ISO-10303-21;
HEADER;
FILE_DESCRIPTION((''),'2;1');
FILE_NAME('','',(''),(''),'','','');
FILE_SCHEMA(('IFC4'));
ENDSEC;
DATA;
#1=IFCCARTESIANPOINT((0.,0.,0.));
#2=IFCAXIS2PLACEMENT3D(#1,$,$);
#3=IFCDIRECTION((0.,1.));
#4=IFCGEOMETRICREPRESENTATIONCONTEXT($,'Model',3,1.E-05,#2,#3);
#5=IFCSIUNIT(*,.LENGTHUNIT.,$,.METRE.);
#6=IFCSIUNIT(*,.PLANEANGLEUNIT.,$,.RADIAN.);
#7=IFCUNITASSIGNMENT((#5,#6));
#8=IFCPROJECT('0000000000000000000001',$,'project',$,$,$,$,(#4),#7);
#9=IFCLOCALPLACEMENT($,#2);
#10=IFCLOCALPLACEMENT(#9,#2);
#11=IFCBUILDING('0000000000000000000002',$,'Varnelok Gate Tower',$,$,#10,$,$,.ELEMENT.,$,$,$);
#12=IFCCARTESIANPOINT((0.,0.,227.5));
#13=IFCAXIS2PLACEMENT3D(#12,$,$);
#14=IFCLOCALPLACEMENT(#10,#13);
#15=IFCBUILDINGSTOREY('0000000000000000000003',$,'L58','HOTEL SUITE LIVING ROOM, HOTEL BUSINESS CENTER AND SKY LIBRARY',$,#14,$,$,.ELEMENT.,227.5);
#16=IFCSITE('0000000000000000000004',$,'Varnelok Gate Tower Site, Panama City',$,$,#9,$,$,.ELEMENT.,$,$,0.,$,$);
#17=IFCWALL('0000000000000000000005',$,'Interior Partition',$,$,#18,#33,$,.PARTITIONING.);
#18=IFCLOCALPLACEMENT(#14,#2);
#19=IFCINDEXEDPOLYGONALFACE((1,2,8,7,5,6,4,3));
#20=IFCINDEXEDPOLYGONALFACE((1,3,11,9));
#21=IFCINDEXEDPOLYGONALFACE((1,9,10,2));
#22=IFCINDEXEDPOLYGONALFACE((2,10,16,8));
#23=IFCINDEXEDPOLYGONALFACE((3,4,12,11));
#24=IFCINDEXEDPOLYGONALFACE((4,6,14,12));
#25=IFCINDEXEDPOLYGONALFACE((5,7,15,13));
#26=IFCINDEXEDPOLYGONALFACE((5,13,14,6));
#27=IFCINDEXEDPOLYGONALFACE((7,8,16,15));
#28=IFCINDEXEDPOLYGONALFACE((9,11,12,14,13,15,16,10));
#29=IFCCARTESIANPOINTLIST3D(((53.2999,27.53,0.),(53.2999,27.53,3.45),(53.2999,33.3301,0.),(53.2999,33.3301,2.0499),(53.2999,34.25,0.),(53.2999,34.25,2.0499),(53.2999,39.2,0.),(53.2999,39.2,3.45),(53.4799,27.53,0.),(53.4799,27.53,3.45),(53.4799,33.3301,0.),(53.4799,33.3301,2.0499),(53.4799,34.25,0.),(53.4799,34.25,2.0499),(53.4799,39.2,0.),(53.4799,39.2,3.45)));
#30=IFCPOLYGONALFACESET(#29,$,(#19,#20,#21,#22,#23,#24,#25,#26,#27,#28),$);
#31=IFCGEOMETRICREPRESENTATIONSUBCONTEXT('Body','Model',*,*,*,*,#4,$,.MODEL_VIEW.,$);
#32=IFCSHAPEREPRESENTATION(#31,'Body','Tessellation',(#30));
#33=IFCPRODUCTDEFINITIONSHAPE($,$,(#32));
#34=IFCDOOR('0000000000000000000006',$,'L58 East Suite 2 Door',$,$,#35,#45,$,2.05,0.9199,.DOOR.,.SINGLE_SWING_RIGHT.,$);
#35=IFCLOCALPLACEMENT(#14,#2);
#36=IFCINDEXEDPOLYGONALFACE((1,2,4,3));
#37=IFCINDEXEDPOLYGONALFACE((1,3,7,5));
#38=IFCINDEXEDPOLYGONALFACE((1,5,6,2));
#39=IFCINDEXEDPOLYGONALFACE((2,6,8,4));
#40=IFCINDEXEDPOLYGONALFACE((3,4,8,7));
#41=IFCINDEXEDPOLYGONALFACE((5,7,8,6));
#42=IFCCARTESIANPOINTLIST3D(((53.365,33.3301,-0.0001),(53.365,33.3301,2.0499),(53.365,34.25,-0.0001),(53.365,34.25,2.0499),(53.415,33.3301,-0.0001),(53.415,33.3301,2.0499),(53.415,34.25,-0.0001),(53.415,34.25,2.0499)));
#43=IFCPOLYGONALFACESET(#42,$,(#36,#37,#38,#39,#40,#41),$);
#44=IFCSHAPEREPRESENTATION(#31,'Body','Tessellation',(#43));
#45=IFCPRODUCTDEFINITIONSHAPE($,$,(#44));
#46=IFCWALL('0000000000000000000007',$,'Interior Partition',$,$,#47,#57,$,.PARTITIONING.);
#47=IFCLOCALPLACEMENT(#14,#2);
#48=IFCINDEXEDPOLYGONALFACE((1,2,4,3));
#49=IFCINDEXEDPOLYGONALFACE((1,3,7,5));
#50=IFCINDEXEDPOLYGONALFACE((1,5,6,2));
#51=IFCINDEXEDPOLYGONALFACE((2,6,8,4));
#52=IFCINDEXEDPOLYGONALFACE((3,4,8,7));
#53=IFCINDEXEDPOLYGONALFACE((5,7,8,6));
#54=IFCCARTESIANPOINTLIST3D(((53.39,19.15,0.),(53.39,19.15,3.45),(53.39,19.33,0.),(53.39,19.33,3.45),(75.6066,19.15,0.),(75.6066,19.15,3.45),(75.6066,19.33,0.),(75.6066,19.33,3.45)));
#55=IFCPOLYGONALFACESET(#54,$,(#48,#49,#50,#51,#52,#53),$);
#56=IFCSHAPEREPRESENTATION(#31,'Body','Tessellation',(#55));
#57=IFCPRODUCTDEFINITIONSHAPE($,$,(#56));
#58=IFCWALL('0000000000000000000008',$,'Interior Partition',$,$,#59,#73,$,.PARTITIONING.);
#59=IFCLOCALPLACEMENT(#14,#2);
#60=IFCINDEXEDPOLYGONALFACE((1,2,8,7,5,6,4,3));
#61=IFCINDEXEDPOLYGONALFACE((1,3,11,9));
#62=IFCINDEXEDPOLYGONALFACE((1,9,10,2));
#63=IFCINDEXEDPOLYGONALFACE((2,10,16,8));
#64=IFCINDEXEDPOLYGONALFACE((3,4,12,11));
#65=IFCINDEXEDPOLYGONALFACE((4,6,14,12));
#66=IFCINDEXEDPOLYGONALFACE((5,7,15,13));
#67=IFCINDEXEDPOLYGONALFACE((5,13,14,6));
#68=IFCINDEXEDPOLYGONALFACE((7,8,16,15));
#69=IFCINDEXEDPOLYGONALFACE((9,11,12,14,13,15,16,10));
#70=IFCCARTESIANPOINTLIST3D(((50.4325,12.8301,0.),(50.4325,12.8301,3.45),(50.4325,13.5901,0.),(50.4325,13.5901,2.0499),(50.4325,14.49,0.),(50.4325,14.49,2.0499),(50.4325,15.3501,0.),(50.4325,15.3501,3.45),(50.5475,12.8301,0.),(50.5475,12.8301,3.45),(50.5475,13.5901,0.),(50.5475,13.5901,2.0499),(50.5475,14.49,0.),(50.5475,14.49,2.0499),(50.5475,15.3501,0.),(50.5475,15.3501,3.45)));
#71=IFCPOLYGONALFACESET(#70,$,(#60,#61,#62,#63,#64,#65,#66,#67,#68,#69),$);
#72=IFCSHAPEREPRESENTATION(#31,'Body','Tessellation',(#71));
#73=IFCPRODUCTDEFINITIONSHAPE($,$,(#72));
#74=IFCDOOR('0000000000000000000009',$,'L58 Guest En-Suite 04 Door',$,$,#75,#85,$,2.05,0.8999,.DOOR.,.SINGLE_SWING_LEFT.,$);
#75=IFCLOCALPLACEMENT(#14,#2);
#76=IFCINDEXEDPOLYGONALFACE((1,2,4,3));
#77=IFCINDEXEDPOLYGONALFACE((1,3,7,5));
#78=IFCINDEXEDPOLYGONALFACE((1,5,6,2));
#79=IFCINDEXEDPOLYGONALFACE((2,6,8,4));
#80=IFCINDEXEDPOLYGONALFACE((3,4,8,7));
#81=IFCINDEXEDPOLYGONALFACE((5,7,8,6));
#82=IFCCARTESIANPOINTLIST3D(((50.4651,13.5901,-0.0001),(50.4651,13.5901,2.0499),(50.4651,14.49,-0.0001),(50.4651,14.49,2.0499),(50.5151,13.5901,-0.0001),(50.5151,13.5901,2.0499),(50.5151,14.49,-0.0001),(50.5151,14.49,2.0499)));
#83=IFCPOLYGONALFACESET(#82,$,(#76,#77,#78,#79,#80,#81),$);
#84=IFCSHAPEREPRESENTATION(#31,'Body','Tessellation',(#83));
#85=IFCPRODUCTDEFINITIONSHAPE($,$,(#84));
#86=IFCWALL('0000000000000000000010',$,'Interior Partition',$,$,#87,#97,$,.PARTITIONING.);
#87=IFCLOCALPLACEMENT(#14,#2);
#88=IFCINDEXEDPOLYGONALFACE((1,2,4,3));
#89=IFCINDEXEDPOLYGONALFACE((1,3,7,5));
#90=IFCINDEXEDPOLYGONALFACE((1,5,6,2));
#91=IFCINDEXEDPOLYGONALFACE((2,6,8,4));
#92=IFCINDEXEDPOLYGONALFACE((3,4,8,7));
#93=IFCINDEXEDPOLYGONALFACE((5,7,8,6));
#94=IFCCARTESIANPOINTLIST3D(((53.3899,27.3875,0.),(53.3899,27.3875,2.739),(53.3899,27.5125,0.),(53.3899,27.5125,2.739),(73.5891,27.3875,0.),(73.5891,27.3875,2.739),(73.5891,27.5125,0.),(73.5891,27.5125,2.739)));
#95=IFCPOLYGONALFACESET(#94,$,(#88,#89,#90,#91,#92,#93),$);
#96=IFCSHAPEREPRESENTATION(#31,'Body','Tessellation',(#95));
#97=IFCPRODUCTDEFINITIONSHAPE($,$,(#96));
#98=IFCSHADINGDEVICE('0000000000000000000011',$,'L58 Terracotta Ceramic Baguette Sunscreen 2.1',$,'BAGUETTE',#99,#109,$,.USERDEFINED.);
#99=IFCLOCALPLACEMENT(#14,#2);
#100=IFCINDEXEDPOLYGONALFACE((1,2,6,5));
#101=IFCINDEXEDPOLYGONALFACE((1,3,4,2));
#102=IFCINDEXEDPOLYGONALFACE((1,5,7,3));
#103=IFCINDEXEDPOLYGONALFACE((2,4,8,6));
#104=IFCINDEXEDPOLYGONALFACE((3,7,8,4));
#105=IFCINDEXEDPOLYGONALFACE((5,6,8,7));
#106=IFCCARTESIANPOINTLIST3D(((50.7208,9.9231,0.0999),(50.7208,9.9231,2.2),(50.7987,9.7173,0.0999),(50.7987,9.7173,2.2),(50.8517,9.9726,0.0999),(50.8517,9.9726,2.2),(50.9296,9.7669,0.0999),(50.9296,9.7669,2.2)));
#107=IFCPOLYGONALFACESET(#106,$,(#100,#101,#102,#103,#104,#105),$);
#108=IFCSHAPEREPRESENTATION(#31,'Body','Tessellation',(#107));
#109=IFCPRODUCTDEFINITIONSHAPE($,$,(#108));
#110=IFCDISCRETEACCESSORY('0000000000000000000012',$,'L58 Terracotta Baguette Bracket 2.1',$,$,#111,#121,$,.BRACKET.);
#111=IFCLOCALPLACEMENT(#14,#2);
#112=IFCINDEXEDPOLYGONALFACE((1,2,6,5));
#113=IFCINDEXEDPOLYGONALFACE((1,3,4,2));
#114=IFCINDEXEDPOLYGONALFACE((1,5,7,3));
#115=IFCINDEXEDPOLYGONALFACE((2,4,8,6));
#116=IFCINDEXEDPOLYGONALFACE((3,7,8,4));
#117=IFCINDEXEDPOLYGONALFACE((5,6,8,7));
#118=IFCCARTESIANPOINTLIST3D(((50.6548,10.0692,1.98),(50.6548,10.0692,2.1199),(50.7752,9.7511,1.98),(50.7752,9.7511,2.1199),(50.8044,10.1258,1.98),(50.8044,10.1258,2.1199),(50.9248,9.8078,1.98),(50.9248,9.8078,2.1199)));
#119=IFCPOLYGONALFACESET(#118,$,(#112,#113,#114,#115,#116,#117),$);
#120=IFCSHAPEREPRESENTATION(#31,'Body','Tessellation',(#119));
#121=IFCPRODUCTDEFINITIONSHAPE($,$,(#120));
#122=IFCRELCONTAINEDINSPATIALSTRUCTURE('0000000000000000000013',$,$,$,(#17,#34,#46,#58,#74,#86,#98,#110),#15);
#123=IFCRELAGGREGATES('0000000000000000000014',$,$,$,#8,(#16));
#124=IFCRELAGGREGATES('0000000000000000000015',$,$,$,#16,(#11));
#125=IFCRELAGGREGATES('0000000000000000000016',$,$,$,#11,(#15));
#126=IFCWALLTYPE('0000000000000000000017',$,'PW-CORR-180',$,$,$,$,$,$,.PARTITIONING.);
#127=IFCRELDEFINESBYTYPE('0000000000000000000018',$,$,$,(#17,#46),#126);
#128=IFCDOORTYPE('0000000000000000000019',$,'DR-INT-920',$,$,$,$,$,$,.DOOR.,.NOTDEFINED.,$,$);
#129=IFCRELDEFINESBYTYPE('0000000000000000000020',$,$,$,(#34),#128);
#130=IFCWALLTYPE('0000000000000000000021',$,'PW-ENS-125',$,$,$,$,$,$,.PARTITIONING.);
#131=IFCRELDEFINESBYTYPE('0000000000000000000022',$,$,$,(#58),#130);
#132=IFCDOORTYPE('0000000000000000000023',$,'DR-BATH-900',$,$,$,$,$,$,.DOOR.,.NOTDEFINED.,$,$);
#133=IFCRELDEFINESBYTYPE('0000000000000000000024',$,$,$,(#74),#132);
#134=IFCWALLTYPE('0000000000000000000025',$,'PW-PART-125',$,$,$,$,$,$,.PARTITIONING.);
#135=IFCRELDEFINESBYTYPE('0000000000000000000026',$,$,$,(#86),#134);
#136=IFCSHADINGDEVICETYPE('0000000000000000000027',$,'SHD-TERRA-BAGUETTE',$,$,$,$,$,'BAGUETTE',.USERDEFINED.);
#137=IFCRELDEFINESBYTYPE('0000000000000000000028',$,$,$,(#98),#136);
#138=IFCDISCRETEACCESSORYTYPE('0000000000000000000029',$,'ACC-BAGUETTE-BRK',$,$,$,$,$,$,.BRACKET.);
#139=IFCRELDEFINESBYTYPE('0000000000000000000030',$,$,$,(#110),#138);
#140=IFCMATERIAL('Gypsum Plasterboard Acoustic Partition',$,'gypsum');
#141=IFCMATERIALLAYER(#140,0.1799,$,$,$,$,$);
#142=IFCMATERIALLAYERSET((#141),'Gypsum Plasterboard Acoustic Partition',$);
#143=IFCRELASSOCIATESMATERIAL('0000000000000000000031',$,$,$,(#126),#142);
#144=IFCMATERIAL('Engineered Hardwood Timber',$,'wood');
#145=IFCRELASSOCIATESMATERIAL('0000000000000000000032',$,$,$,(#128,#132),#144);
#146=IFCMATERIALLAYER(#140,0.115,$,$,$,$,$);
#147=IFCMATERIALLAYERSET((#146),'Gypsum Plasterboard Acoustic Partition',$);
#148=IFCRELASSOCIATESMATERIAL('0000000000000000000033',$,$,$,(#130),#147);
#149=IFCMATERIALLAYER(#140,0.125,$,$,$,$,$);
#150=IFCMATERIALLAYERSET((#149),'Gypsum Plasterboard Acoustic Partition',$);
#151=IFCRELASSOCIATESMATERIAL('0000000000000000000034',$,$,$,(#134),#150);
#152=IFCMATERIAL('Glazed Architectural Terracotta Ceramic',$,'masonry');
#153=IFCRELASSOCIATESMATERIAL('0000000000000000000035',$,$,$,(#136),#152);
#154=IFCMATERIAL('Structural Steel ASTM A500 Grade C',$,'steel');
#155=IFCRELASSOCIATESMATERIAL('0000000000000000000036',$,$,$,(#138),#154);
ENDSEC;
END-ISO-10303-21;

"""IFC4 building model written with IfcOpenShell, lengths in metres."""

from ifc_helpers import new_model, si_unit, direction, frame, frame_2d, origin, origin_2d, place, context, subcontext, project, spatial, rectangle, extrude, source, transform, mapped, material, layer, layer_set, type_object, element, fill, save


model = new_model("IFC4")

# Units and contexts
model_context = context("Model", 3, precision=1e-05, world=origin(), true_north=direction((0.0, 1.0)))
body_context = subcontext(model_context, "Body", "Model", "MODEL_VIEW")
ifc_project = project(units=[si_unit("LENGTHUNIT", "METRE"), si_unit("PLANEANGLEUNIT", "RADIAN")], contexts=[model_context])

# Site, building, storey
site_placement = place(None, origin())
site = spatial("IfcSite", under=ifc_project, at=site_placement, Name="Varnelok Gate Tower Site, Panama City", CompositionType="ELEMENT", RefElevation=0.0)
building_placement = place(site_placement, origin())
building = spatial("IfcBuilding", under=site, at=building_placement, Name="Varnelok Gate Tower", CompositionType="ELEMENT")
storey_placement = place(building_placement, frame((0.0, 0.0, 227.5)))
storey = spatial("IfcBuildingStorey", under=building, at=storey_placement, Name="L58", Description="HOTEL SUITE LIVING ROOM, HOTEL BUSINESS CENTER AND SKY LIBRARY", CompositionType="ELEMENT", Elevation=227.5)

# Wall, opening, door
ifc_material_1 = material(Name="Gypsum Plasterboard Acoustic Partition", Category="gypsum")
ifc_layer_1 = layer(ifc_material_1, 0.1799)
ifc_layer_set_1 = layer_set([ifc_layer_1], Name="Gypsum Plasterboard Acoustic Partition")
wall_type_1 = type_object("IfcWallType", Name="PW-CORR-180", PredefinedType="PARTITIONING", material=ifc_layer_set_1)
ifc_material_2 = material(Name="Engineered Hardwood Timber", Category="wood")
door_type_1 = type_object("IfcDoorType", Name="DR-INT-920", OperationType="NOTDEFINED", PredefinedType="DOOR", material=ifc_material_2)
wall_1_placement = place(storey_placement, frame((53.3899, 27.53, 0.0), z_axis=(0.0, 0.0, 1.0), x_axis=(0.0, 1.0, 0.0)))
wall_1 = element("IfcWall", 1, at=wall_1_placement, inside=storey, type_object=wall_type_1, Name="Interior Partition", PredefinedType="PARTITIONING", context=body_context, shape_type="SweptSolid", body=[
    extrude(rectangle(XDim=11.6699, YDim=0.1799, at=frame_2d((5.835, 0.0))), origin(), (0.0, 0.0, 1.0), 3.45),
])
opening_1_placement = place(wall_1_placement, frame((5.8, 0.0, 0.0)))
opening_1 = element("IfcOpeningElement", 2, at=opening_1_placement, cuts=wall_1, PredefinedType="OPENING", context=body_context, shape_type="SweptSolid", body=[
    extrude(rectangle(XDim=0.9199, YDim=2.05, at=frame_2d((0.46, 1.0249))), frame((0.0, 0.0999, 0.0), z_axis=(0.0, -1.0, 0.0), x_axis=(1.0, 0.0, 0.0)), (0.0, 0.0, 1.0), 0.2),
])
door_1_placement = place(opening_1_placement, origin())
door_1 = element("IfcDoor", 3, at=door_1_placement, inside=storey, type_object=door_type_1, Name="L58 East Suite 2 Door", OperationType="SINGLE_SWING_RIGHT", OverallHeight=2.05, OverallWidth=0.9199, PredefinedType="DOOR", context=body_context, shape_type="SweptSolid", body=[
    extrude(rectangle(XDim=0.9199, YDim=2.05, at=frame_2d((0.46, 1.0249))), frame((0.0, 0.0249, 0.0), z_axis=(0.0, -1.0, 0.0), x_axis=(1.0, 0.0, 0.0)), (0.0, 0.0, 1.0), 0.05),
])
fill(opening_1, door_1)

# Wall
wall_2_placement = place(storey_placement, frame((53.3899, 19.24, 0.0), z_axis=(0.0, 0.0, 1.0), x_axis=(1.0, 0.0, 0.0)))
element("IfcWall", 4, at=wall_2_placement, inside=storey, type_object=wall_type_1, Name="Interior Partition", PredefinedType="PARTITIONING", context=body_context, shape_type="SweptSolid", body=[
    extrude(rectangle(XDim=22.2166, YDim=0.1799, at=frame_2d((11.1084, 0.0))), origin(), (0.0, 0.0, 1.0), 3.45),
])

# Wall, opening, door
ifc_layer_2 = layer(ifc_material_1, 0.115)
ifc_layer_set_2 = layer_set([ifc_layer_2], Name="Gypsum Plasterboard Acoustic Partition")
wall_type_2 = type_object("IfcWallType", Name="PW-ENS-125", PredefinedType="PARTITIONING", material=ifc_layer_set_2)
wall_3_placement = place(storey_placement, frame((50.49, 12.8301, 0.0), z_axis=(0.0, 0.0, 1.0), x_axis=(0.0, 1.0, 0.0)))
wall_3 = element("IfcWall", 5, at=wall_3_placement, inside=storey, type_object=wall_type_2, Name="Interior Partition", PredefinedType="PARTITIONING", context=body_context, shape_type="SweptSolid", body=[
    extrude(rectangle(XDim=2.52, YDim=0.115, at=frame_2d((1.26, 0.0))), origin(), (0.0, 0.0, 1.0), 3.45),
])
opening_2_placement = place(wall_3_placement, frame((0.76, 0.0, 0.0)))
opening_2 = element("IfcOpeningElement", 6, at=opening_2_placement, cuts=wall_3, PredefinedType="OPENING", context=body_context, shape_type="SweptSolid", body=[
    extrude(rectangle(XDim=0.8999, YDim=2.05, at=frame_2d((0.45, 1.0249))), frame((0.0, 0.0674, 0.0), z_axis=(0.0, -1.0, 0.0), x_axis=(1.0, 0.0, 0.0)), (0.0, 0.0, 1.0), 0.135),
])
door_type_2 = type_object("IfcDoorType", Name="DR-BATH-900", OperationType="NOTDEFINED", PredefinedType="DOOR", material=ifc_material_2)
door_2_placement = place(opening_2_placement, origin())
door_2 = element("IfcDoor", 7, at=door_2_placement, inside=storey, type_object=door_type_2, Name="L58 Guest En-Suite 04 Door", OperationType="SINGLE_SWING_LEFT", OverallHeight=2.05, OverallWidth=0.8999, PredefinedType="DOOR", context=body_context, shape_type="SweptSolid", body=[
    extrude(rectangle(XDim=0.8999, YDim=2.05, at=frame_2d((0.45, 1.0249))), frame((0.0, 0.0249, 0.0), z_axis=(0.0, -1.0, 0.0), x_axis=(1.0, 0.0, 0.0)), (0.0, 0.0, 1.0), 0.05),
])
fill(opening_2, door_2)

# Wall
ifc_layer_3 = layer(ifc_material_1, 0.125)
ifc_layer_set_3 = layer_set([ifc_layer_3], Name="Gypsum Plasterboard Acoustic Partition")
wall_type_3 = type_object("IfcWallType", Name="PW-PART-125", PredefinedType="PARTITIONING", material=ifc_layer_set_3)
wall_4_placement = place(storey_placement, frame((53.3899, 27.45, 0.0), z_axis=(0.0, 0.0, 1.0), x_axis=(1.0, 0.0, 0.0)))
element("IfcWall", 8, at=wall_4_placement, inside=storey, type_object=wall_type_3, Name="Interior Partition", PredefinedType="PARTITIONING", context=body_context, shape_type="SweptSolid", body=[
    extrude(rectangle(XDim=20.1992, YDim=0.125, at=frame_2d((10.0996, 0.0))), origin(), (0.0, 0.0, 1.0), 2.739),
])

# Shading device
ifc_material_3 = material(Name="Glazed Architectural Terracotta Ceramic", Category="masonry")
shading_device_type = type_object("IfcShadingDeviceType", Name="SHD-TERRA-BAGUETTE", ElementType="BAGUETTE", PredefinedType="USERDEFINED", material=ifc_material_3)
shared_shape_1 = source(origin(), body_context, "Body", "SweptSolid", [
    extrude(rectangle(XDim=0.1399, YDim=0.22, at=origin_2d()), origin(), (0.0, 0.0, 1.0), 2.1001),
])
shading_device_placement = place(storey_placement, frame((50.8252, 9.845, 0.0999), z_axis=(0.0, 0.0, 1.0), x_axis=(0.935222, 0.354063, 0.0)))
element("IfcShadingDevice", 9, at=shading_device_placement, inside=storey, type_object=shading_device_type, Name="L58 Terracotta Ceramic Baguette Sunscreen 2.1", ObjectType="BAGUETTE", PredefinedType="USERDEFINED", context=body_context, shape_type="MappedRepresentation", body=[
    mapped(shared_shape_1, transform((0.0, 0.0, 0.0), scale=1.0)),
])

# Discrete accessory
ifc_material_4 = material(Name="Structural Steel ASTM A500 Grade C", Category="steel")
discrete_accessory_type = type_object("IfcDiscreteAccessoryType", Name="ACC-BAGUETTE-BRK", PredefinedType="BRACKET", material=ifc_material_4)
shared_shape_2 = source(origin(), body_context, "Body", "SweptSolid", [
    extrude(rectangle(XDim=0.1599, YDim=0.3401, at=origin_2d()), origin(), (0.0, 0.0, 1.0), 0.1399),
])
discrete_accessory_placement = place(storey_placement, frame((50.7898, 9.9385, 1.98), z_axis=(0.0, 0.0, 1.0), x_axis=(0.935222, 0.354063, 0.0)))
element("IfcDiscreteAccessory", 10, at=discrete_accessory_placement, inside=storey, type_object=discrete_accessory_type, Name="L58 Terracotta Baguette Bracket 2.1", PredefinedType="BRACKET", context=body_context, shape_type="MappedRepresentation", body=[
    mapped(shared_shape_2, transform((0.0, 0.0, 0.0), scale=1.0)),
])

save(model, "model.ifc")
